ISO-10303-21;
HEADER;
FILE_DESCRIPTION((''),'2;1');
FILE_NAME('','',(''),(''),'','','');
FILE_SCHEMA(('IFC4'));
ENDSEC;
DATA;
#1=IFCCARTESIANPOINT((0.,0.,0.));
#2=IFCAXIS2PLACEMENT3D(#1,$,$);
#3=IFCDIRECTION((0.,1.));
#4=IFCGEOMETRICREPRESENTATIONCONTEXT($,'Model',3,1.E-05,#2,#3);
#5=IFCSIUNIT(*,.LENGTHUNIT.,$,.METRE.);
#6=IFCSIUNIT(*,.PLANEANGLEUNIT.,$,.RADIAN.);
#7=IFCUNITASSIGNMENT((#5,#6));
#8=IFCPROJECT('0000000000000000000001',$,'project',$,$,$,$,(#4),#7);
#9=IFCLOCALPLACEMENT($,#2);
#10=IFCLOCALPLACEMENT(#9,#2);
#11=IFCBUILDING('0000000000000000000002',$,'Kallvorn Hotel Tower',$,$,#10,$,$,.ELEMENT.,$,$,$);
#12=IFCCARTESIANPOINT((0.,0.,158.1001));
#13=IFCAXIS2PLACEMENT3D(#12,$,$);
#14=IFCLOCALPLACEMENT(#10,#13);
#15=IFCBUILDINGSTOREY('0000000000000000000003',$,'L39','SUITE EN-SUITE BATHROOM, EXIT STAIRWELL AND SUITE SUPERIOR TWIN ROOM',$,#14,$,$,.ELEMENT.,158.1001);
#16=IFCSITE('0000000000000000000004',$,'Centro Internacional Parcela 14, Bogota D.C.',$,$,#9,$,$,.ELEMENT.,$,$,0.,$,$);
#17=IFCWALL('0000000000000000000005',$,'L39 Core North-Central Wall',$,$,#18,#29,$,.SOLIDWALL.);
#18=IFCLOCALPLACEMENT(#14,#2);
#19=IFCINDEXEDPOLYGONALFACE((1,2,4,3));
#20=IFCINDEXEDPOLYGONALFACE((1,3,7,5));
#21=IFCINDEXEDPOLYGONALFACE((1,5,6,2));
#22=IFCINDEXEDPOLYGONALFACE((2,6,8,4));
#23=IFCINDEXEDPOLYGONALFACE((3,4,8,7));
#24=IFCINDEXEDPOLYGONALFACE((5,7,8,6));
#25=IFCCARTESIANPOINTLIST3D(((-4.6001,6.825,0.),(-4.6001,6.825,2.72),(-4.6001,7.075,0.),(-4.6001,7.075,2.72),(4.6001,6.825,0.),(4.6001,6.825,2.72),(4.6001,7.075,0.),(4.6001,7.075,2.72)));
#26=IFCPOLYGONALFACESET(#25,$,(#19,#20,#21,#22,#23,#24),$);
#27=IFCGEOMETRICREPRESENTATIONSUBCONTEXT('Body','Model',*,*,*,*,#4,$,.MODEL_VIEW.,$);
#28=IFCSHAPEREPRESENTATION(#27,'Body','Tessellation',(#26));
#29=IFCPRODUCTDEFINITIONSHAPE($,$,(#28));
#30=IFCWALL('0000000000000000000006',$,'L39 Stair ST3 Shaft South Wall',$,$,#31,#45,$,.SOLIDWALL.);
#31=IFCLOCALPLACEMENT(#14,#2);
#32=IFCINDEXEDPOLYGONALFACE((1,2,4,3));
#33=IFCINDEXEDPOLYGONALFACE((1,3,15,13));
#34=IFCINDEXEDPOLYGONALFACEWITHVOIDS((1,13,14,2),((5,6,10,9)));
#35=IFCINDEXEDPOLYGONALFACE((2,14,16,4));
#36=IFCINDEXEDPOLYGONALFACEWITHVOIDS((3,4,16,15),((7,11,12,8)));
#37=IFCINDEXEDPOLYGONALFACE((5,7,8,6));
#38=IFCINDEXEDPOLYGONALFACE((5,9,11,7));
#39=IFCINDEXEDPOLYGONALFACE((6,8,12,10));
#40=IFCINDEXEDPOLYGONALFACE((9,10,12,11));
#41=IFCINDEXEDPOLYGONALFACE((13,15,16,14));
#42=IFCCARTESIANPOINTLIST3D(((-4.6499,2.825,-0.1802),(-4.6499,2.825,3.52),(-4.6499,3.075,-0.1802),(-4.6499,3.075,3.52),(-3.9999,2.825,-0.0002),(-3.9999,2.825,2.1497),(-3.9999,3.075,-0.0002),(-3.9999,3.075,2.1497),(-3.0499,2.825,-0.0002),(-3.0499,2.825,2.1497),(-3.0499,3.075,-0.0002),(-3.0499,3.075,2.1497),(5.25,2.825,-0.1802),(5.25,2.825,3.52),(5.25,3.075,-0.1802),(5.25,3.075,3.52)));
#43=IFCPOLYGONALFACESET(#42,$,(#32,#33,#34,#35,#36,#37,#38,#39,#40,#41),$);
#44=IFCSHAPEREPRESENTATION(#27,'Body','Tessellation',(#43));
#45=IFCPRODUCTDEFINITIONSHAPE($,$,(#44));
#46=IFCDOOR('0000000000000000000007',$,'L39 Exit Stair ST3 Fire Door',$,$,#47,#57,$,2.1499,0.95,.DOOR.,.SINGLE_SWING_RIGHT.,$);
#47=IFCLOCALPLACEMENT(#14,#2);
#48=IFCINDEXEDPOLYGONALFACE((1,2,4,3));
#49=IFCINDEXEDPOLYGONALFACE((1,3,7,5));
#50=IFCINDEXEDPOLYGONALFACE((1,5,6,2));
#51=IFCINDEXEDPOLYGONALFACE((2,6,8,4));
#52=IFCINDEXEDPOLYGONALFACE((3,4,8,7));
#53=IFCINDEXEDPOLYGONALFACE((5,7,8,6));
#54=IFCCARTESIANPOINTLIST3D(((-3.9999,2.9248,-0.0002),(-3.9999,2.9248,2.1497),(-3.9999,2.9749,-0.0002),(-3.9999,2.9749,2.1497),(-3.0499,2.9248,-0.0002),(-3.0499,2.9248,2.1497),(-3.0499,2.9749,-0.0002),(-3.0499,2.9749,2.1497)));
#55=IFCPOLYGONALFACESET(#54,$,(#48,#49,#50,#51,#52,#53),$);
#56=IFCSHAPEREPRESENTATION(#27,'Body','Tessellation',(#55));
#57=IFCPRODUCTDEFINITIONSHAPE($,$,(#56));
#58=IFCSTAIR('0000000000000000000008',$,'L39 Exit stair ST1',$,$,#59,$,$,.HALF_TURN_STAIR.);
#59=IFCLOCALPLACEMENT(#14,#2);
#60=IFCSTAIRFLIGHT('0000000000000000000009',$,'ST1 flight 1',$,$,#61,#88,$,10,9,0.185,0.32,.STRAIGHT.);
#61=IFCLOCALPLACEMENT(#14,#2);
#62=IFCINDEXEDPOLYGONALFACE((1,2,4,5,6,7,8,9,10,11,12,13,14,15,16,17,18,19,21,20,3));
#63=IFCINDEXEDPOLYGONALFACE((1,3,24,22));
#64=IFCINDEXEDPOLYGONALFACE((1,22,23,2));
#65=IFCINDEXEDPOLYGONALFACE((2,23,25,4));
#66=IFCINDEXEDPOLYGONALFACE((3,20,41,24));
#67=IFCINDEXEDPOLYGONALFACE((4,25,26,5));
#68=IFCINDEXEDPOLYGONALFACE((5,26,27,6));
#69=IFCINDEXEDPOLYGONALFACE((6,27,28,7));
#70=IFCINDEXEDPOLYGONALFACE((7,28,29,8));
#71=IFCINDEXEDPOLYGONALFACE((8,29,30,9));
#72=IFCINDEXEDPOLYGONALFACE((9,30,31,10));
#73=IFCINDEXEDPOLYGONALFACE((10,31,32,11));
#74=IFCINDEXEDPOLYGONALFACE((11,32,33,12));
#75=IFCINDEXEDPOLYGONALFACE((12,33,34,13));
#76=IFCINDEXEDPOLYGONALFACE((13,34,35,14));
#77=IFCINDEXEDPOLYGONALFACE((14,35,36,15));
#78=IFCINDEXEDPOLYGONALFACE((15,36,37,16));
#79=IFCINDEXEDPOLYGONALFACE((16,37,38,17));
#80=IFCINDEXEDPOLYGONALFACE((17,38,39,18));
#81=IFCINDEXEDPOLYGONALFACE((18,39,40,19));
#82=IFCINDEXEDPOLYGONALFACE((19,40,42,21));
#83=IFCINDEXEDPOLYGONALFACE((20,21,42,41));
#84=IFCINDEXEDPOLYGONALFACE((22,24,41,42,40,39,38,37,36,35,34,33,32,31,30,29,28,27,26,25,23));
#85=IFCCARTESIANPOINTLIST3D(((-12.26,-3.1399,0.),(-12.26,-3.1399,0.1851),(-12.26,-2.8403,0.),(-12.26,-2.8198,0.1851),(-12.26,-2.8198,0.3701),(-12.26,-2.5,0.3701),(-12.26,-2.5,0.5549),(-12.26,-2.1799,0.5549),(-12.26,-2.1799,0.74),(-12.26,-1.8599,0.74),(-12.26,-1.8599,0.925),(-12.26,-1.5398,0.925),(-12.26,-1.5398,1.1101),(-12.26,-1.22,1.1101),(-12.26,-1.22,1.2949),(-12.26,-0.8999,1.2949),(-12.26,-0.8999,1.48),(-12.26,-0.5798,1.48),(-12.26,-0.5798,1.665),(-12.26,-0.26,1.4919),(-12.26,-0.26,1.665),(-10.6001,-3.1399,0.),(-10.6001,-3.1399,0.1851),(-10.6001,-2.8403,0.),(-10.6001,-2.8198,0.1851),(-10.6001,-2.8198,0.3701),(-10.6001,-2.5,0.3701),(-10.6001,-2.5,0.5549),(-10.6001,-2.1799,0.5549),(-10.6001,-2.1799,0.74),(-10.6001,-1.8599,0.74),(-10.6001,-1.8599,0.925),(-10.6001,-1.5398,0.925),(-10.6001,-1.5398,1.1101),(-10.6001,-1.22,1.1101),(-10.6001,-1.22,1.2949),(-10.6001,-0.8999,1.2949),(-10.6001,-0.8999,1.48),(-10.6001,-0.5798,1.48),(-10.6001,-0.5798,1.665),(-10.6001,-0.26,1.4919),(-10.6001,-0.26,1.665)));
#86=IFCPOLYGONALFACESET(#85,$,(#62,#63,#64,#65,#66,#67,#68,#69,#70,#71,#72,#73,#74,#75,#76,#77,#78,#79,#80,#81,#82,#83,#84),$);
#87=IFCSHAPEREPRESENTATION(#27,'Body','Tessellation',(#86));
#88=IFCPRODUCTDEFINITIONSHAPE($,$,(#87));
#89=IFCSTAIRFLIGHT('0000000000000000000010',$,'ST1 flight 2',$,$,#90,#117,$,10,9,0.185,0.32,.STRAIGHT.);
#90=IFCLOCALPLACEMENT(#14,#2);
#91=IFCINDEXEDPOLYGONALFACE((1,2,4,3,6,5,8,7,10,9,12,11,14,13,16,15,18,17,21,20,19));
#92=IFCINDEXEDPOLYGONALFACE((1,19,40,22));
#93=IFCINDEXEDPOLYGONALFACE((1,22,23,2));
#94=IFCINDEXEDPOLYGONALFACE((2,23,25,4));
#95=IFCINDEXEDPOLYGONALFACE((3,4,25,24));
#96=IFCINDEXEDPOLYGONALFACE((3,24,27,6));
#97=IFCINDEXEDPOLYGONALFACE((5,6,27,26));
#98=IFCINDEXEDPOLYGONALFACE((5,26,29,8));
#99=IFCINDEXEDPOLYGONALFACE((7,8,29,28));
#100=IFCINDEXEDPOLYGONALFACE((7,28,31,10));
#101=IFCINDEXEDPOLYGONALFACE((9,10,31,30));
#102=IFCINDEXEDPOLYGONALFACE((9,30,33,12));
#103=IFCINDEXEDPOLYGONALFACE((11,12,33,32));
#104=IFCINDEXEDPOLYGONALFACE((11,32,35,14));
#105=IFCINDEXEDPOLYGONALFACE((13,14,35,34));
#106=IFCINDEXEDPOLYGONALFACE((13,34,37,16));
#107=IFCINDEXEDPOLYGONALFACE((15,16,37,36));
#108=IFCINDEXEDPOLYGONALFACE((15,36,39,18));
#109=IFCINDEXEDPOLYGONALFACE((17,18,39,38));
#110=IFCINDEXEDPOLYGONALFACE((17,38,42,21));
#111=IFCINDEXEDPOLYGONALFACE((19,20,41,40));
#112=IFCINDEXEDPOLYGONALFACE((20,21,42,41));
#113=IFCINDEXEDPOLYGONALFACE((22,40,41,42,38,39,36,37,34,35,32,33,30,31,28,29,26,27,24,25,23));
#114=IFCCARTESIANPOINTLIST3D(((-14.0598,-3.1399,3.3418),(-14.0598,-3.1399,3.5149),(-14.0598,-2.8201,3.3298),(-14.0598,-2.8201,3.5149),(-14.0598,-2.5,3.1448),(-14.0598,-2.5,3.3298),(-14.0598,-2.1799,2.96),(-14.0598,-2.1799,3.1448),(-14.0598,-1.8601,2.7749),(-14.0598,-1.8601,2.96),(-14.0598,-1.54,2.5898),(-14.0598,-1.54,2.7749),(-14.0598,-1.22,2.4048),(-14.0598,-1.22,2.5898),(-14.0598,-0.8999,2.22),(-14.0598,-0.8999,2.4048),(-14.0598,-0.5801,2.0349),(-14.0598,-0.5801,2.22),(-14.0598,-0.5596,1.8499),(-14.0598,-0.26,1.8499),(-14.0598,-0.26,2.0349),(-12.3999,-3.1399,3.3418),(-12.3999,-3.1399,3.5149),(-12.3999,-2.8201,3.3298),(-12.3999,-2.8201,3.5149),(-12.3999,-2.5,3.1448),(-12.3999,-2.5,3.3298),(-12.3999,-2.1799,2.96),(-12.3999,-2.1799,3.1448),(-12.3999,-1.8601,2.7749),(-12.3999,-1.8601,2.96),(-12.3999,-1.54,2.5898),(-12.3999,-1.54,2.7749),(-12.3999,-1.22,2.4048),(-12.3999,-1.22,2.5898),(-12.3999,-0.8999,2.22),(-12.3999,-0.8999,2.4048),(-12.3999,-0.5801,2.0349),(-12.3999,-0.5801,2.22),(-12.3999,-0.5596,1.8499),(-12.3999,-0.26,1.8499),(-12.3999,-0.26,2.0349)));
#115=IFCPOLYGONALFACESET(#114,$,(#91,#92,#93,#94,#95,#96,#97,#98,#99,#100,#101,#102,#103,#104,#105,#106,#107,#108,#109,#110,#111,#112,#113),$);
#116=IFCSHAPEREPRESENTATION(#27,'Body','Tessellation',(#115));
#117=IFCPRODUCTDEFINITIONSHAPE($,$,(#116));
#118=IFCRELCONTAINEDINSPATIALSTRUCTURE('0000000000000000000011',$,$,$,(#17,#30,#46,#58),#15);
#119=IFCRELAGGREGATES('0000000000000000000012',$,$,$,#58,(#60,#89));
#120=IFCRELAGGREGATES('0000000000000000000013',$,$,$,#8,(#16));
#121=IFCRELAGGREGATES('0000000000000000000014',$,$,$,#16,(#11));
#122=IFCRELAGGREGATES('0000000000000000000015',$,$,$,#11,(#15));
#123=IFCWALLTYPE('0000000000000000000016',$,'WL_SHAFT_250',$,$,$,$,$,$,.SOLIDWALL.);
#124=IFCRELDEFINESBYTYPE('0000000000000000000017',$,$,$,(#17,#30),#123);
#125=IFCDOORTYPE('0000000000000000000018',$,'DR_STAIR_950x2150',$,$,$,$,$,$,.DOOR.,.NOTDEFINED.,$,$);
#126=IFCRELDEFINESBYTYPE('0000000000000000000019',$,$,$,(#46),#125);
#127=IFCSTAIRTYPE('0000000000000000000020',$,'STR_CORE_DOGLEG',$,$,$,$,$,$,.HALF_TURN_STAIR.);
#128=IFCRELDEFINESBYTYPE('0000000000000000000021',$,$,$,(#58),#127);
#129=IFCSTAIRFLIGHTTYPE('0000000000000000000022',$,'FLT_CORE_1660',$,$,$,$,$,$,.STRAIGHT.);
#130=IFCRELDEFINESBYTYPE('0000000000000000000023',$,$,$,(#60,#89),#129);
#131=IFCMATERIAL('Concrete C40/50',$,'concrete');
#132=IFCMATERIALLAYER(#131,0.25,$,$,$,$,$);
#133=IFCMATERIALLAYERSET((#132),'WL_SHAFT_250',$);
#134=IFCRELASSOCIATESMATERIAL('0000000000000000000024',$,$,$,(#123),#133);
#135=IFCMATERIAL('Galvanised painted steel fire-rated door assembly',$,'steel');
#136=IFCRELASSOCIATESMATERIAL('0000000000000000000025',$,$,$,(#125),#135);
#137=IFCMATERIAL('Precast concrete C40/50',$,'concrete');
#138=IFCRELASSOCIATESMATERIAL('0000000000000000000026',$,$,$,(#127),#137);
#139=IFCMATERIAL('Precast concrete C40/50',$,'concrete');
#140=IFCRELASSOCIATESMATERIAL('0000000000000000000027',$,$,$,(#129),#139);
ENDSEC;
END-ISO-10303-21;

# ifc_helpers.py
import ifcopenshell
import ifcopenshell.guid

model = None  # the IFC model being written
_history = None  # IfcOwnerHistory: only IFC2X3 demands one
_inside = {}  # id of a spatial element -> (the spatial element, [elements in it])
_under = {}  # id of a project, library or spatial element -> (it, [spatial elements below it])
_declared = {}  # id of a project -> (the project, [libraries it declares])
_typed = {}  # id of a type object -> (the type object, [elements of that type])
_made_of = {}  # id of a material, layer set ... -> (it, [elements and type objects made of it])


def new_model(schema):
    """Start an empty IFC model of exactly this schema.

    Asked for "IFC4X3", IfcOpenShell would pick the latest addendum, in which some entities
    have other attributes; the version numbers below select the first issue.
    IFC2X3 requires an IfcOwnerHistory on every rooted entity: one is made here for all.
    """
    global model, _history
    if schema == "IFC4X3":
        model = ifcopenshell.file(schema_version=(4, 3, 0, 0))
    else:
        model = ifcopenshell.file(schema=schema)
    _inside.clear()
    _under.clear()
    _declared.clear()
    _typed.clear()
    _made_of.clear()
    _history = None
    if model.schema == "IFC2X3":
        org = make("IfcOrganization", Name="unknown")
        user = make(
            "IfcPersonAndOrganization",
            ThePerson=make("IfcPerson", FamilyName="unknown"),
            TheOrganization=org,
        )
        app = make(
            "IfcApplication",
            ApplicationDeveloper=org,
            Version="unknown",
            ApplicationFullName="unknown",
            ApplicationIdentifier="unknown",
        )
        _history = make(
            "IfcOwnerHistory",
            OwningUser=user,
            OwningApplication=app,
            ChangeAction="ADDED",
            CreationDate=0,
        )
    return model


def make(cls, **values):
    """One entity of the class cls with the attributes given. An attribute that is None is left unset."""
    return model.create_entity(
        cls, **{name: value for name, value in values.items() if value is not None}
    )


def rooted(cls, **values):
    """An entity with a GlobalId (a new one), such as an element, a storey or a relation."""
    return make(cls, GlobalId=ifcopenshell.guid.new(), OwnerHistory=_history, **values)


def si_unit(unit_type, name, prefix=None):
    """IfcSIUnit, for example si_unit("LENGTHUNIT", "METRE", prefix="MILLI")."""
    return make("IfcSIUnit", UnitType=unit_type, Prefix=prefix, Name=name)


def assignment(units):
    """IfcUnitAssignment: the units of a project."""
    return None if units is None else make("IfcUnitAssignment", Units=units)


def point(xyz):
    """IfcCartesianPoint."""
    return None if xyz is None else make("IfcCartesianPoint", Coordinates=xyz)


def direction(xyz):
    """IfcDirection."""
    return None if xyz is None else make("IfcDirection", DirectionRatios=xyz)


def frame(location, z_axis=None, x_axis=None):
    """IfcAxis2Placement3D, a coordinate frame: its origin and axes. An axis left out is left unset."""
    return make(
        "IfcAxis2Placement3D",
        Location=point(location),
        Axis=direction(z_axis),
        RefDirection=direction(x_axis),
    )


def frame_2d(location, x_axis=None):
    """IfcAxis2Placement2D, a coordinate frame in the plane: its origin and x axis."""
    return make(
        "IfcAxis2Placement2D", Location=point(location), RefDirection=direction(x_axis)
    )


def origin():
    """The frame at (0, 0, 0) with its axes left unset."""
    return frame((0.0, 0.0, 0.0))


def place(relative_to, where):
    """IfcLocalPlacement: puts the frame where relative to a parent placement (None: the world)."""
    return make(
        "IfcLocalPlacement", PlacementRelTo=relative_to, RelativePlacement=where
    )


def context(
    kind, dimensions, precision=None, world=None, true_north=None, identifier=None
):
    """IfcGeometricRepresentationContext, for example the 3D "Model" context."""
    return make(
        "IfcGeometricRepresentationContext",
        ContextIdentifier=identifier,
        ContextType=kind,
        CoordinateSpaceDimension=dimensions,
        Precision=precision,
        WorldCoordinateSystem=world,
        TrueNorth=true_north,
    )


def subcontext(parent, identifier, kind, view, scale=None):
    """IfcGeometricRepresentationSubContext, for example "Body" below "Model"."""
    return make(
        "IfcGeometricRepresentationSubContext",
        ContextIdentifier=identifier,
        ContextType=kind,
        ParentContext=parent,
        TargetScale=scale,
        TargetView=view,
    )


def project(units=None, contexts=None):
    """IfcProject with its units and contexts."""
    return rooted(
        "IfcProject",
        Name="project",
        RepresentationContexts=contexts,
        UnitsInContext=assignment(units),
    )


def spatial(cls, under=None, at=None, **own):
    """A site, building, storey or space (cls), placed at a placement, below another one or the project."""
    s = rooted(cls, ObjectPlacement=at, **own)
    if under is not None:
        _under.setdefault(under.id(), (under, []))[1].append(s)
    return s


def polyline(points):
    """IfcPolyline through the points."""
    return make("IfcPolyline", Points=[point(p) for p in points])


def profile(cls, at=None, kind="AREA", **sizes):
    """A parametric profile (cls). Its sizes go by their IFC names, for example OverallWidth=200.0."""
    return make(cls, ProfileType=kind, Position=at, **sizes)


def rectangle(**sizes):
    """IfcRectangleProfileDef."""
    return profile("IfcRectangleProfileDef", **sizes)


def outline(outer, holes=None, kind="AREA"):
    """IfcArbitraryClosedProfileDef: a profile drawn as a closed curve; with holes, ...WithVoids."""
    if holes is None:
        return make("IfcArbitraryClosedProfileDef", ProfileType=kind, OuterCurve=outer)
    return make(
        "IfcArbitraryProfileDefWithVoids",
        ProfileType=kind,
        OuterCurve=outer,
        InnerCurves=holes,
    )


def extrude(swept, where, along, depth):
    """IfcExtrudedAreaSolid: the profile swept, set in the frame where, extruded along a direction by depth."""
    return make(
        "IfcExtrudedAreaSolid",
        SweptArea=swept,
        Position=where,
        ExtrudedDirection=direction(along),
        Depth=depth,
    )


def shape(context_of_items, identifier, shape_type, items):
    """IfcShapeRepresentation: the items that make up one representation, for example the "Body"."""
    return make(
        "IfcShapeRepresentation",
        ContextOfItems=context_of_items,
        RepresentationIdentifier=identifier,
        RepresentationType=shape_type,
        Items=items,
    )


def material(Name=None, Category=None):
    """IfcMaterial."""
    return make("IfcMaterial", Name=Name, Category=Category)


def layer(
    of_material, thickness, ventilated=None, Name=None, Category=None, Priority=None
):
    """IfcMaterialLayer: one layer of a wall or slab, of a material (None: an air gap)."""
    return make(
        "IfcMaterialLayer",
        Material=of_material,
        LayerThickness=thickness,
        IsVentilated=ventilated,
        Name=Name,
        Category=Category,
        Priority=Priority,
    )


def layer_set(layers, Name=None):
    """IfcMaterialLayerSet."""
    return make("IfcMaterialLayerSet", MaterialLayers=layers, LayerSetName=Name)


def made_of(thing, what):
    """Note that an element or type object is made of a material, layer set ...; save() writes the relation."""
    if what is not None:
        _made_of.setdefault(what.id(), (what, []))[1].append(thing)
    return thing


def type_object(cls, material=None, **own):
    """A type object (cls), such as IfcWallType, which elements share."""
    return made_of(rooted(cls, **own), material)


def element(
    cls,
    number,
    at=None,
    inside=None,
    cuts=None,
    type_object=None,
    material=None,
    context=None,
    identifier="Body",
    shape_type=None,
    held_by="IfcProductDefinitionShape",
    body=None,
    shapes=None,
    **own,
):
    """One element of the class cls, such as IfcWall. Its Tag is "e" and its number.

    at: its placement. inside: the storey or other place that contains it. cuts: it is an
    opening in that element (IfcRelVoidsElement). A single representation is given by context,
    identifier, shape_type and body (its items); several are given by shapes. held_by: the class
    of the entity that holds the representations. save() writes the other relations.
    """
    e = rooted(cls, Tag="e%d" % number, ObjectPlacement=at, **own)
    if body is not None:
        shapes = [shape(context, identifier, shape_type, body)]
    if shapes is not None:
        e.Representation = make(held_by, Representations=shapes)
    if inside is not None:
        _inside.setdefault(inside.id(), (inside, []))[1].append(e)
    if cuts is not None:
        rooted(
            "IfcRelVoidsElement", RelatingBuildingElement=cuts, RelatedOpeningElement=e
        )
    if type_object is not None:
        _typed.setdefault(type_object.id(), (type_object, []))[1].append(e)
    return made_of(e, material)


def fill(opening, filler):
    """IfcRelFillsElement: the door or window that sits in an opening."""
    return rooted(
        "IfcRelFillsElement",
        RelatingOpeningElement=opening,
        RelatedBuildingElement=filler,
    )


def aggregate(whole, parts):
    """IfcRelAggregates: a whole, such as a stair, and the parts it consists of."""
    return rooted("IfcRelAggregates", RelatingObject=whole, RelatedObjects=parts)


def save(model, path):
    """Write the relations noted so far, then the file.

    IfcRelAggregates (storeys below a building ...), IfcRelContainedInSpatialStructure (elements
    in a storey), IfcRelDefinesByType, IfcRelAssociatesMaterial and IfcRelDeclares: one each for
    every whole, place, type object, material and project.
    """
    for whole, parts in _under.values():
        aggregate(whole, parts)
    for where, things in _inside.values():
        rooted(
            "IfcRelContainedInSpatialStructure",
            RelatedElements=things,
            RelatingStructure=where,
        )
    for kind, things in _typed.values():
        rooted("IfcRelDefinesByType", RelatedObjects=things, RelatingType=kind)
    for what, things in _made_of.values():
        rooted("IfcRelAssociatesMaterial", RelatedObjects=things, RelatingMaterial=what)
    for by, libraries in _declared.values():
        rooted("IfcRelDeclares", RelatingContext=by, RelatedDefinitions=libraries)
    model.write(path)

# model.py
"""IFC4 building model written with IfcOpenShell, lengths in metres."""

from ifc_helpers import new_model, si_unit, direction, frame, frame_2d, origin, place, context, subcontext, project, spatial, polyline, rectangle, outline, extrude, material, layer, layer_set, type_object, element, fill, aggregate, save


model = new_model("IFC4")

# Units and contexts
model_context = context("Model", 3, precision=1e-05, world=origin(), true_north=direction((0.0, 1.0)))
body_context = subcontext(model_context, "Body", "Model", "MODEL_VIEW")
ifc_project = project(units=[si_unit("LENGTHUNIT", "METRE"), si_unit("PLANEANGLEUNIT", "RADIAN")], contexts=[model_context])

# Site, building, storey
site_placement = place(None, origin())
site = spatial("IfcSite", under=ifc_project, at=site_placement, Name="Centro Internacional Parcela 14, Bogota D.C.", CompositionType="ELEMENT", RefElevation=0.0)
building_placement = place(site_placement, origin())
building = spatial("IfcBuilding", under=site, at=building_placement, Name="Kallvorn Hotel Tower", CompositionType="ELEMENT")
storey_placement = place(building_placement, frame((0.0, 0.0, 158.1001)))
storey = spatial("IfcBuildingStorey", under=building, at=storey_placement, Name="L39", Description="SUITE EN-SUITE BATHROOM, EXIT STAIRWELL AND SUITE SUPERIOR TWIN ROOM", CompositionType="ELEMENT", Elevation=158.1001)

# Shared definitions
ifc_material_1 = material(Name="Concrete C40/50", Category="concrete")
ifc_layer_1 = layer(ifc_material_1, 0.25)
ifc_layer_set_1 = layer_set([ifc_layer_1], Name="WL_SHAFT_250")
wall_type_1 = type_object("IfcWallType", Name="WL_SHAFT_250", PredefinedType="SOLIDWALL", material=ifc_layer_set_1)

# Wall
wall_1_placement = place(storey_placement, frame((-4.6001, 6.95, 0.0), z_axis=(0.0, 0.0, 1.0), x_axis=(1.0, 0.0, 0.0)))
element("IfcWall", 1, at=wall_1_placement, inside=storey, type_object=wall_type_1, Name="L39 Core North-Central Wall", PredefinedType="SOLIDWALL", context=body_context, shape_type="SweptSolid", body=[
    extrude(rectangle(XDim=9.2002, YDim=0.25, at=frame_2d((4.6001, 0.0))), origin(), (0.0, 0.0, 1.0), 2.72),
])

# Wall, opening, door
wall_2_placement = place(storey_placement, frame((-4.6499, 2.95, -0.1802), z_axis=(0.0, 0.0, 1.0), x_axis=(1.0, 0.0, 0.0)))
wall_2 = element("IfcWall", 2, at=wall_2_placement, inside=storey, type_object=wall_type_1, Name="L39 Stair ST3 Shaft South Wall", PredefinedType="SOLIDWALL", context=body_context, shape_type="SweptSolid", body=[
    extrude(rectangle(XDim=9.8999, YDim=0.25, at=frame_2d((4.95, 0.0))), origin(), (0.0, 0.0, 1.0), 3.7002),
])
opening_1_placement = place(wall_2_placement, frame((0.6499, 0.0, 0.1799)))
opening_1 = element("IfcOpeningElement", 3, at=opening_1_placement, cuts=wall_2, PredefinedType="OPENING", context=body_context, shape_type="SweptSolid", body=[
    extrude(rectangle(XDim=0.95, YDim=2.1499, at=frame_2d((0.4751, 1.075))), frame((0.0, 0.1399, 0.0), z_axis=(0.0, -1.0, 0.0), x_axis=(1.0, 0.0, 0.0)), (0.0, 0.0, 1.0), 0.28),
])
ifc_material_2 = material(Name="Galvanised painted steel fire-rated door assembly", Category="steel")
door_type_1 = type_object("IfcDoorType", Name="DR_STAIR_950x2150", OperationType="NOTDEFINED", PredefinedType="DOOR", material=ifc_material_2)
door_1_placement = place(opening_1_placement, origin())
door_1 = element("IfcDoor", 4, at=door_1_placement, inside=storey, type_object=door_type_1, Name="L39 Exit Stair ST3 Fire Door", OperationType="SINGLE_SWING_RIGHT", OverallHeight=2.1499, OverallWidth=0.95, PredefinedType="DOOR", context=body_context, shape_type="SweptSolid", body=[
    extrude(rectangle(XDim=0.95, YDim=2.1499, at=frame_2d((0.4751, 1.075))), frame((0.0, 0.0249, 0.0), z_axis=(0.0, -1.0, 0.0), x_axis=(1.0, 0.0, 0.0)), (0.0, 0.0, 1.0), 0.05),
])
fill(opening_1, door_1)

# Stair, stair flights
ifc_material_3 = material(Name="Precast concrete C40/50", Category="concrete")
stair_type = type_object("IfcStairType", Name="STR_CORE_DOGLEG", PredefinedType="HALF_TURN_STAIR", material=ifc_material_3)
stair_placement = place(storey_placement, origin())
stair = element("IfcStair", 5, at=stair_placement, inside=storey, type_object=stair_type, Name="L39 Exit stair ST1", PredefinedType="HALF_TURN_STAIR")
ifc_material_4 = material(Name="Precast concrete C40/50", Category="concrete")
stair_flight_type = type_object("IfcStairFlightType", Name="FLT_CORE_1660", PredefinedType="STRAIGHT", material=ifc_material_4)
stair_flight_1_placement = place(storey_placement, frame((-11.4299, -3.1399, 0.0), z_axis=(0.0, 0.0, 1.0), x_axis=(0.0, 1.0, 0.0)))
stair_flight_1 = element("IfcStairFlight", 6, at=stair_flight_1_placement, type_object=stair_flight_type, Name="ST1 flight 1", NumberOfRisers=10, NumberOfTreads=9, PredefinedType="STRAIGHT", RiserHeight=0.185, TreadLength=0.32, context=body_context, shape_type="SweptSolid", body=[
    extrude(outline(polyline([(0.0, 0.0), (0.0, 0.1851), (0.3201, 0.1851), (0.3201, 0.3701), (0.6399, 0.3701), (0.6399, 0.5549), (0.96, 0.5549), (0.96, 0.74), (1.28, 0.74), (1.28, 0.925), (1.6001, 0.925), (1.6001, 1.1101), (1.9199, 1.1101), (1.9199, 1.2949), (2.24, 1.2949), (2.24, 1.48), (2.5601, 1.48), (2.5601, 1.665), (2.8799, 1.665), (2.8799, 1.8501), (2.8799, 1.4919), (0.2996, 0.0), (0.0, 0.0)])), frame((0.0, 0.8301, 0.0), z_axis=(0.0, -1.0, 0.0), x_axis=(1.0, 0.0, 0.0)), (0.0, 0.0, 1.0), 1.6599),
])
stair_flight_2_placement = place(storey_placement, frame((-13.23, -0.26, 1.8499), z_axis=(0.0, 0.0, 1.0), x_axis=(0.0, -1.0, 0.0)))
stair_flight_2 = element("IfcStairFlight", 7, at=stair_flight_2_placement, type_object=stair_flight_type, Name="ST1 flight 2", NumberOfRisers=10, NumberOfTreads=9, PredefinedType="STRAIGHT", RiserHeight=0.185, TreadLength=0.32, context=body_context, shape_type="SweptSolid", body=[
    extrude(outline(polyline([(0.0, 0.0), (0.0, 0.1851), (0.3201, 0.1851), (0.3201, 0.3701), (0.6399, 0.3701), (0.6399, 0.5549), (0.96, 0.5549), (0.96, 0.74), (1.28, 0.74), (1.28, 0.925), (1.6001, 0.925), (1.6001, 1.1101), (1.9199, 1.1101), (1.9199, 1.2949), (2.24, 1.2949), (2.24, 1.48), (2.5601, 1.48), (2.5601, 1.665), (2.8799, 1.665), (2.8799, 1.8501), (2.8799, 1.4919), (0.2996, 0.0), (0.0, 0.0)])), frame((0.0, 0.8301, 0.0), z_axis=(0.0, -1.0, 0.0), x_axis=(1.0, 0.0, 0.0)), (0.0, 0.0, 1.0), 1.6599),
])
aggregate(stair, [stair_flight_1, stair_flight_2])

save(model, "model.ifc")
